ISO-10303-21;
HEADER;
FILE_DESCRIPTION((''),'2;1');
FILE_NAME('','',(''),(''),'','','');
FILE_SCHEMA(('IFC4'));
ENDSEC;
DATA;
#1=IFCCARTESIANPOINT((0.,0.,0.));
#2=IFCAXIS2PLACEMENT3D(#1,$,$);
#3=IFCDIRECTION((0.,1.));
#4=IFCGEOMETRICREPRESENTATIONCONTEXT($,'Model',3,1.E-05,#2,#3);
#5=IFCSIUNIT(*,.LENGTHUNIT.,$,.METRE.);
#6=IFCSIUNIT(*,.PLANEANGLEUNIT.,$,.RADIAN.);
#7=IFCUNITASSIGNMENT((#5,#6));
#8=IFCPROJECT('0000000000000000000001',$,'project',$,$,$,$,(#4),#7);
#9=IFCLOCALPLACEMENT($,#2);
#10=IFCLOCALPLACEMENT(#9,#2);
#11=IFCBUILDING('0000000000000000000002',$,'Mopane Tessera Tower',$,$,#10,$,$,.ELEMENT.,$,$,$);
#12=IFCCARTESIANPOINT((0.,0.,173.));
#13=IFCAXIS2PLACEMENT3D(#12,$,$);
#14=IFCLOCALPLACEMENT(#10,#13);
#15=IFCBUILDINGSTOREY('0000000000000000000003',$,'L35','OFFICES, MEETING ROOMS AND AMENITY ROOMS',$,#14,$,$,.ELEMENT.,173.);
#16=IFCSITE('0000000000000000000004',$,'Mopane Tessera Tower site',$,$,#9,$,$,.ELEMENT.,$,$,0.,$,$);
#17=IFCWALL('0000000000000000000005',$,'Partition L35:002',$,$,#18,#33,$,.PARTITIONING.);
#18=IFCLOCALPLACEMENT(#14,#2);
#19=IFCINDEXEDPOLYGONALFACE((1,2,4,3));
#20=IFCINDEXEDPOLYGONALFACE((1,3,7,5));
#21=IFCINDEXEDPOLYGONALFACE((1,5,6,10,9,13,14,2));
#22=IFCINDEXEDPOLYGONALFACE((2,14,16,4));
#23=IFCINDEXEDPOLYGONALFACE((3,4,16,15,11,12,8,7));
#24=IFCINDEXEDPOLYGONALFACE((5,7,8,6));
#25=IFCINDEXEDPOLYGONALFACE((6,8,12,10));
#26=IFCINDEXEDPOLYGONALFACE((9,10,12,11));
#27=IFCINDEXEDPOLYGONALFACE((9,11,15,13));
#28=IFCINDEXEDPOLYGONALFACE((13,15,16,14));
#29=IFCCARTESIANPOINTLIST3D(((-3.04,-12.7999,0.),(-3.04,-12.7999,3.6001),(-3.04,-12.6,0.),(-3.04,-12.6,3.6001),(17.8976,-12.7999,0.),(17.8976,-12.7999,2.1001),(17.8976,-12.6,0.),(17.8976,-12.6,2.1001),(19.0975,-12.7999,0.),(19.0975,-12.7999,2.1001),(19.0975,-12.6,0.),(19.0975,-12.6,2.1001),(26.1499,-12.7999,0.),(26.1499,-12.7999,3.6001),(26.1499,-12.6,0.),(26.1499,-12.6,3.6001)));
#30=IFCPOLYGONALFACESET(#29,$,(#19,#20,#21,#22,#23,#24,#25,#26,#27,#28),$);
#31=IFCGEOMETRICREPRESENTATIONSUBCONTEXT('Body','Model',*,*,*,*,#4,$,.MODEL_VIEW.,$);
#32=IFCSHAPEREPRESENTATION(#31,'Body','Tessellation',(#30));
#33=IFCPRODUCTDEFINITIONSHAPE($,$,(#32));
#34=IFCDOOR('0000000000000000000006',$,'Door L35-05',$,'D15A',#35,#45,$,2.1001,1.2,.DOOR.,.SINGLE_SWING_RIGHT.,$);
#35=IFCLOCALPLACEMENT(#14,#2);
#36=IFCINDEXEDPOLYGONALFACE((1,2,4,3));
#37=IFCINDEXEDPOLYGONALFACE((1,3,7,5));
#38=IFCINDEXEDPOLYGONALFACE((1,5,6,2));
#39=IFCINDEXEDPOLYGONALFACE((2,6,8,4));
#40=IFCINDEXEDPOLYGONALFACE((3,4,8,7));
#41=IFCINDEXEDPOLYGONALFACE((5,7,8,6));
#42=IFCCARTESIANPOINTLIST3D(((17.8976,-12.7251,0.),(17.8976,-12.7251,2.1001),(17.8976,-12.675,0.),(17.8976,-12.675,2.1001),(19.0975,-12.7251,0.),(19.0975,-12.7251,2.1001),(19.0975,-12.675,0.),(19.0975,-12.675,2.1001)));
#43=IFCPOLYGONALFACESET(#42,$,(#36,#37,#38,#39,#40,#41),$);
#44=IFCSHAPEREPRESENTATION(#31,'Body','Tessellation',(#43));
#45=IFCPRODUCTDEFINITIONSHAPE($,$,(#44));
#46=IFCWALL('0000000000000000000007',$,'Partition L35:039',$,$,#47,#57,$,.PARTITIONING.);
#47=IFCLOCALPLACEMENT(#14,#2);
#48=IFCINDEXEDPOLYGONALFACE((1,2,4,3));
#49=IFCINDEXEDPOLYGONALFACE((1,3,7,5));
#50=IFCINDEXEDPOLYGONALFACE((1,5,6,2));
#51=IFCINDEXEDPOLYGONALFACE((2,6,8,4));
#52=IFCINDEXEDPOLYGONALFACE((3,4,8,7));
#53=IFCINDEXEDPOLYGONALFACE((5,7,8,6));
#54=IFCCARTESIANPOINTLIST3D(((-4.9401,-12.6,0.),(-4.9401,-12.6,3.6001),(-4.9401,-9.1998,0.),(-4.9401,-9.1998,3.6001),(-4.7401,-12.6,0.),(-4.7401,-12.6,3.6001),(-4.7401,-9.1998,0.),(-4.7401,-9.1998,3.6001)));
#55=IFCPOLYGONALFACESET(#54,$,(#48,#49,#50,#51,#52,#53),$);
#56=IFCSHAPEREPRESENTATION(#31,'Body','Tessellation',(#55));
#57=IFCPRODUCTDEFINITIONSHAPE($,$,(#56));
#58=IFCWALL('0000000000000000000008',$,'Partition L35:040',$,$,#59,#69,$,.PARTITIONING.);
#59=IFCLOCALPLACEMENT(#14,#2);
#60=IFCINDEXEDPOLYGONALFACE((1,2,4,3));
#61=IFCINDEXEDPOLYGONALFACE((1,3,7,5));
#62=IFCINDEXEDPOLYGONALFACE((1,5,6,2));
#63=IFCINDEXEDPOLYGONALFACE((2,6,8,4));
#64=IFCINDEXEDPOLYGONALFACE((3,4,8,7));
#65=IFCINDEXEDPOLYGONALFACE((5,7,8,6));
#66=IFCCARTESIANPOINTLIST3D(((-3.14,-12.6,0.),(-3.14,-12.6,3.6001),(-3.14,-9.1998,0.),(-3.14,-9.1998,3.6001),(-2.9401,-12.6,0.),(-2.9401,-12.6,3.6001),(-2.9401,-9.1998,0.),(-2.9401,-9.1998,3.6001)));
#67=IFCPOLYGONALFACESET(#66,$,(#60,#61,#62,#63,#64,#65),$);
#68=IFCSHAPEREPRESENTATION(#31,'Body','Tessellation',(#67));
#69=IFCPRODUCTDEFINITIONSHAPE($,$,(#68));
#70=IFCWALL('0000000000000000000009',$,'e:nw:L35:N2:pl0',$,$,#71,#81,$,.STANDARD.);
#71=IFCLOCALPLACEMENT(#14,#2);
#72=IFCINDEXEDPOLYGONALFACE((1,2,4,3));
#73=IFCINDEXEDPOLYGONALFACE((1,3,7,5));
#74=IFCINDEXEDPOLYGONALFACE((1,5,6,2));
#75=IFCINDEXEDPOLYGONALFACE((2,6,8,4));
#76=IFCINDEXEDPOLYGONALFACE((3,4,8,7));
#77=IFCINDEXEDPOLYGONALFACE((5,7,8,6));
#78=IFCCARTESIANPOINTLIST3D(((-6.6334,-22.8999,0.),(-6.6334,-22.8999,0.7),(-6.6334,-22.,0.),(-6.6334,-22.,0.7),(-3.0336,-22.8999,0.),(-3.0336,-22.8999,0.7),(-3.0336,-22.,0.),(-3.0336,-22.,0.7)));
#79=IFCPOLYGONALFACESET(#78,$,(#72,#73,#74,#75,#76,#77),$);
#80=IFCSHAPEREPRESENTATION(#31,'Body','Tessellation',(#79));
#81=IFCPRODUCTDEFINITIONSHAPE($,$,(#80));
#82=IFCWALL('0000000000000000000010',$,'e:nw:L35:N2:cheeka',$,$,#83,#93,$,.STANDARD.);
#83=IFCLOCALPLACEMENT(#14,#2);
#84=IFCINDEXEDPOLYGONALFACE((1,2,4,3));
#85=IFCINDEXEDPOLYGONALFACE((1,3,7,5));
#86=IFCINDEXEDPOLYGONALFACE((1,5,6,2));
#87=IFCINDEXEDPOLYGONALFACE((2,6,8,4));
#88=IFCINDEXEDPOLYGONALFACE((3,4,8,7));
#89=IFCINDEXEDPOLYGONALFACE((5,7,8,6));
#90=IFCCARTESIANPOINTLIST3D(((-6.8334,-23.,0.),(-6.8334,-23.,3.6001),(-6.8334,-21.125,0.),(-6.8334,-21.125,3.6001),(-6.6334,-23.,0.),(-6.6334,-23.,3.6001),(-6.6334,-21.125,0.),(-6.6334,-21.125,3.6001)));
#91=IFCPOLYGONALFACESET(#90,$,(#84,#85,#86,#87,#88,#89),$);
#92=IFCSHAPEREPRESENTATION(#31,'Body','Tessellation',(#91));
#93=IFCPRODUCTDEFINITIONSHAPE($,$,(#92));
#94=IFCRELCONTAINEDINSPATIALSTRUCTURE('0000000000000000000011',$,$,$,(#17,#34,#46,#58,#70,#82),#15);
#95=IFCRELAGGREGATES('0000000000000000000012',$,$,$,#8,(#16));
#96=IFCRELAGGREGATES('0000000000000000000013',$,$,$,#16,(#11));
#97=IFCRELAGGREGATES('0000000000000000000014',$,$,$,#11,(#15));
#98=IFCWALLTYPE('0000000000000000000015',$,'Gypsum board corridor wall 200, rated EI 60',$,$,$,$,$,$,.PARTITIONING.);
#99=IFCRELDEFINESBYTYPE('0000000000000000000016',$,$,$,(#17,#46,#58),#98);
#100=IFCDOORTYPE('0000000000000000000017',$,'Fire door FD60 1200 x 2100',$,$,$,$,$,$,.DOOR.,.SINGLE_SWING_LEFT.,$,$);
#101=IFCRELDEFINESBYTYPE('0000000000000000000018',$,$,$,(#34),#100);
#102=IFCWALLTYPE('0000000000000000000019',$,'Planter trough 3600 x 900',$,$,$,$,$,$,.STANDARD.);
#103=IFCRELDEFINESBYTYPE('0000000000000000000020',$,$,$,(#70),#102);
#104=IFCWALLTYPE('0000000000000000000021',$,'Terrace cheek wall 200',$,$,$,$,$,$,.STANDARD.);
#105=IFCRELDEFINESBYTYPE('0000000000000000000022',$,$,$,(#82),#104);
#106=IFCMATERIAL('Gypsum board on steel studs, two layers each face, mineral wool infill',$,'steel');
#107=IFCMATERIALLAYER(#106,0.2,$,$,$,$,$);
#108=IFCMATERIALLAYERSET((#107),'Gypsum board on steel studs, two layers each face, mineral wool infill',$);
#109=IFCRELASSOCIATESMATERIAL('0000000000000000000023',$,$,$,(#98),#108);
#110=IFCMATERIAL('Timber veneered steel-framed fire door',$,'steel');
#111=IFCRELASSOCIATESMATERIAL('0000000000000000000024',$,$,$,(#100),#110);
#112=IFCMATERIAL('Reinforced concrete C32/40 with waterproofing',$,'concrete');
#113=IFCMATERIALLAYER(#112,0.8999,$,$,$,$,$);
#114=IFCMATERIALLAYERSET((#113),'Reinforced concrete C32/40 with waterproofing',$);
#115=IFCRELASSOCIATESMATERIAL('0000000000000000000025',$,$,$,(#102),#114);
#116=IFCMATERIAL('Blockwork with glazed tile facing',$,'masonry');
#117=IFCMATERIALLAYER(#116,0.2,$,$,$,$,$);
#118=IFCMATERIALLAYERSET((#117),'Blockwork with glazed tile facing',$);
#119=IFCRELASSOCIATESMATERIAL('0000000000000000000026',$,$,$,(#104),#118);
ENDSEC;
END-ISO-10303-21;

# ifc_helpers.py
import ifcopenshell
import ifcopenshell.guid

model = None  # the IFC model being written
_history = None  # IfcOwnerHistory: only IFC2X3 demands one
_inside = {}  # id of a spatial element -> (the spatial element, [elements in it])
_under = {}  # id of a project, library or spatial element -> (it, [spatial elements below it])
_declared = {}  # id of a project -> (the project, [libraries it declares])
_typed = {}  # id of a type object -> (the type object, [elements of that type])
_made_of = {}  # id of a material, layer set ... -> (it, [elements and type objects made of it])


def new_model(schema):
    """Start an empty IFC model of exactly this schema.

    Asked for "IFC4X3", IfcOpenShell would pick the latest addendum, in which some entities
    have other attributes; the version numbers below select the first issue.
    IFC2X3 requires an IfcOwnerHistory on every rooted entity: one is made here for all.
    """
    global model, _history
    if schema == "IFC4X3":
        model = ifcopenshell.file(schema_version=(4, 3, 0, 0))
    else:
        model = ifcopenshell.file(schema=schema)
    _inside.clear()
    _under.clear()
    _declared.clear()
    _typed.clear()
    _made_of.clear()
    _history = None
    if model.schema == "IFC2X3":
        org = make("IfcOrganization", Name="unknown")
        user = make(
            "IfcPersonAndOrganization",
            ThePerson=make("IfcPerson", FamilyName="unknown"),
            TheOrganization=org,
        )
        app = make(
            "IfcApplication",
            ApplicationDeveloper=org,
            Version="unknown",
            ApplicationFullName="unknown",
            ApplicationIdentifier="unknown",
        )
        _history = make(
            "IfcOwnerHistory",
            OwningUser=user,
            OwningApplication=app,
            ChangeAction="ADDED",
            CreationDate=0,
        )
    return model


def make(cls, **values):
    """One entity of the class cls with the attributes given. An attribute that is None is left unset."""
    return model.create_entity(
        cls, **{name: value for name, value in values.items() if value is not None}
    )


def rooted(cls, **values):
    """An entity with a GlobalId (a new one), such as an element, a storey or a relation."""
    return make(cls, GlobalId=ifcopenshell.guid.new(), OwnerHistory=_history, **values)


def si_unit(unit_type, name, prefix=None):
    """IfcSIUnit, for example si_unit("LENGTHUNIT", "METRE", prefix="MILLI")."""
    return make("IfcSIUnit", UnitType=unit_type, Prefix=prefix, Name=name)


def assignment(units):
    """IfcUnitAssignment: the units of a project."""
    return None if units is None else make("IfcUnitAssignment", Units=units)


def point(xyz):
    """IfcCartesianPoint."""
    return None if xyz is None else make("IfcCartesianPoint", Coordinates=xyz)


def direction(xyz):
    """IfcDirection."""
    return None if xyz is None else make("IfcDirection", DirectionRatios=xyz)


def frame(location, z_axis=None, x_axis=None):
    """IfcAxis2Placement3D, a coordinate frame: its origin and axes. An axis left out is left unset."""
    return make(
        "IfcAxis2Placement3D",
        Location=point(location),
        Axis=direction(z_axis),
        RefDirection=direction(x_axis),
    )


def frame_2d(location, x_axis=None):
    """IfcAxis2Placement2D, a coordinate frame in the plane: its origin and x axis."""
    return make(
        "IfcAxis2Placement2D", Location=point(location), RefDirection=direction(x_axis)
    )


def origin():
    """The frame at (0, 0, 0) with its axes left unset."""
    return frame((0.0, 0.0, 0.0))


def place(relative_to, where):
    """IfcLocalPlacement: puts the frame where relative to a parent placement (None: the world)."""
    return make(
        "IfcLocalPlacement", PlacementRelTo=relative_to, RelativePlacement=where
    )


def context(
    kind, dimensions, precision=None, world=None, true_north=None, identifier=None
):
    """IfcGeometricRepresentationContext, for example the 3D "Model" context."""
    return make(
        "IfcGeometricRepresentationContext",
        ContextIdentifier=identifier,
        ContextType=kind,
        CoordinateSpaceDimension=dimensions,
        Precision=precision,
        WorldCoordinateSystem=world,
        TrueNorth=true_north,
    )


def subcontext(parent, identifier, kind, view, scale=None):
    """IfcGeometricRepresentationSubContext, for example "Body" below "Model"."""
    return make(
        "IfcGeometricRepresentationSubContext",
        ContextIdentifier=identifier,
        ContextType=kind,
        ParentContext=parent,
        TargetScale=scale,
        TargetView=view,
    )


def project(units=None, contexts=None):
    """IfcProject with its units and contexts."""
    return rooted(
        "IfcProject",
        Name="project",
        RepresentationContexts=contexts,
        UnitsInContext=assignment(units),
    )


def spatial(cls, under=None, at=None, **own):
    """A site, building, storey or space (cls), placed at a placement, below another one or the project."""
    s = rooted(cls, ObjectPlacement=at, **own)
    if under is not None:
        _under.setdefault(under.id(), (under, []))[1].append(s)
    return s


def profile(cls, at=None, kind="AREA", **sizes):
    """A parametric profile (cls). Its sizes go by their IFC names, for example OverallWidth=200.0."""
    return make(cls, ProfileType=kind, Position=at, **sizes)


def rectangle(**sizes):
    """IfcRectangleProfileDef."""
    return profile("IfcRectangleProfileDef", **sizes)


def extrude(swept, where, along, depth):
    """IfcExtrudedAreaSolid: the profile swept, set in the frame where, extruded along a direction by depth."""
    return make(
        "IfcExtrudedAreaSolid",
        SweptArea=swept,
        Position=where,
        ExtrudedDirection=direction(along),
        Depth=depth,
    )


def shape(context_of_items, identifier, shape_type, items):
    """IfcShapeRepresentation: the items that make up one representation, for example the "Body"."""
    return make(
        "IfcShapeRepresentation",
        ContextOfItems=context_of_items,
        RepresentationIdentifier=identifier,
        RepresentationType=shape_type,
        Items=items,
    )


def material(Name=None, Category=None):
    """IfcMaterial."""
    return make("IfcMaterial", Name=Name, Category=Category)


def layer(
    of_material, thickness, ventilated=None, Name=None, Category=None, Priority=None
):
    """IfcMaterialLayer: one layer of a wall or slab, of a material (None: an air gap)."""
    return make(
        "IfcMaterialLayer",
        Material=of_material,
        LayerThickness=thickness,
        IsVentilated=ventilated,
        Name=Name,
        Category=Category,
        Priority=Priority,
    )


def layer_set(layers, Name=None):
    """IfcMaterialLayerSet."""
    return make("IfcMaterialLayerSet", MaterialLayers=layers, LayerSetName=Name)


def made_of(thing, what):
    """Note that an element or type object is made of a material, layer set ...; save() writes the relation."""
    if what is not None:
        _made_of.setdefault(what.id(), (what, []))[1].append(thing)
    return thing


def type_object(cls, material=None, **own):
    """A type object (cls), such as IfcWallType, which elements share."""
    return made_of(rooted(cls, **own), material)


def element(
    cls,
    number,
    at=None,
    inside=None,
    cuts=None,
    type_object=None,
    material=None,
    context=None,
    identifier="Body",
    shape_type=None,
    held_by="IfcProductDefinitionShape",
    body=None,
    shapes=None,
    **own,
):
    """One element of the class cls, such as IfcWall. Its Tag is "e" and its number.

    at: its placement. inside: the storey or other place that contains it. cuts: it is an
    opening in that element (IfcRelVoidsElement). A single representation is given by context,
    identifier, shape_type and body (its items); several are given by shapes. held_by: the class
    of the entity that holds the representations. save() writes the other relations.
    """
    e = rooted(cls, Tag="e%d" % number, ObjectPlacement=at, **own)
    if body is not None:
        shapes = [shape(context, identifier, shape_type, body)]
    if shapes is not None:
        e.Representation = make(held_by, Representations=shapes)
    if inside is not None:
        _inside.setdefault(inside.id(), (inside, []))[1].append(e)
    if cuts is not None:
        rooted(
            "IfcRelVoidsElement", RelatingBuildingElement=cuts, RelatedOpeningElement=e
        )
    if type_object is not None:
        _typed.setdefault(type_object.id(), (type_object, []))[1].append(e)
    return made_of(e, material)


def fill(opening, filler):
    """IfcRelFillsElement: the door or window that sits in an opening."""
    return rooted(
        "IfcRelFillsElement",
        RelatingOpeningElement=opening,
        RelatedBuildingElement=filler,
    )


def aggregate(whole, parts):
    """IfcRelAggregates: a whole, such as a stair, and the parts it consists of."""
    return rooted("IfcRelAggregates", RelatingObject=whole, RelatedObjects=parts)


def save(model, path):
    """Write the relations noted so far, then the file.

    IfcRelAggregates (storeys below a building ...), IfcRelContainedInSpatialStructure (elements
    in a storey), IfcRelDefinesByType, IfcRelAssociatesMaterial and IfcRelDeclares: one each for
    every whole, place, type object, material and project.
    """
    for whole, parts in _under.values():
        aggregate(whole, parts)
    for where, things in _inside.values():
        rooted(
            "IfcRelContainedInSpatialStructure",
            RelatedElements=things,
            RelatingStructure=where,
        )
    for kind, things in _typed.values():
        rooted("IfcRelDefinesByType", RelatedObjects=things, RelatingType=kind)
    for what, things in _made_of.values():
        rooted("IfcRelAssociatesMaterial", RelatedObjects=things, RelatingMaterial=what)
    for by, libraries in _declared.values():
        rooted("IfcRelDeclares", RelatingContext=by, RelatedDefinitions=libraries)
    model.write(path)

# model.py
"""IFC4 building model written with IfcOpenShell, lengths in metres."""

from ifc_helpers import new_model, si_unit, direction, frame, frame_2d, origin, place, context, subcontext, project, spatial, rectangle, extrude, material, layer, layer_set, type_object, element, fill, save


model = new_model("IFC4")

# Units and contexts
model_context = context("Model", 3, precision=1e-05, world=origin(), true_north=direction((0.0, 1.0)))
body_context = subcontext(model_context, "Body", "Model", "MODEL_VIEW")
ifc_project = project(units=[si_unit("LENGTHUNIT", "METRE"), si_unit("PLANEANGLEUNIT", "RADIAN")], contexts=[model_context])

# Site, building, storey
site_placement = place(None, origin())
site = spatial("IfcSite", under=ifc_project, at=site_placement, Name="Mopane Tessera Tower site", CompositionType="ELEMENT", RefElevation=0.0)
building_placement = place(site_placement, origin())
building = spatial("IfcBuilding", under=site, at=building_placement, Name="Mopane Tessera Tower", CompositionType="ELEMENT")
storey_placement = place(building_placement, frame((0.0, 0.0, 173.0)))
storey = spatial("IfcBuildingStorey", under=building, at=storey_placement, Name="L35", Description="OFFICES, MEETING ROOMS AND AMENITY ROOMS", CompositionType="ELEMENT", Elevation=173.0)

# Wall, opening, door
ifc_material_1 = material(Name="Gypsum board on steel studs, two layers each face, mineral wool infill", Category="steel")
ifc_layer_1 = layer(ifc_material_1, 0.2)
ifc_layer_set_1 = layer_set([ifc_layer_1], Name="Gypsum board on steel studs, two layers each face, mineral wool infill")
wall_type_1 = type_object("IfcWallType", Name="Gypsum board corridor wall 200, rated EI 60", PredefinedType="PARTITIONING", material=ifc_layer_set_1)
wall_1_placement = place(storey_placement, frame((-3.04, -12.7, 0.0), z_axis=(0.0, 0.0, 1.0), x_axis=(1.0, 0.0, 0.0)))
wall_1 = element("IfcWall", 1, at=wall_1_placement, inside=storey, type_object=wall_type_1, Name="Partition L35:002", PredefinedType="PARTITIONING", context=body_context, shape_type="SweptSolid", body=[
    extrude(rectangle(XDim=29.1899, YDim=0.2, at=frame_2d((14.595, 0.0))), origin(), (0.0, 0.0, 1.0), 3.6001),
])
opening_1_placement = place(wall_1_placement, frame((20.9375, 0.0, 0.0)))
opening_1 = element("IfcOpeningElement", 2, at=opening_1_placement, cuts=wall_1, PredefinedType="OPENING", context=body_context, shape_type="SweptSolid", body=[
    extrude(rectangle(XDim=1.2, YDim=2.1001, at=frame_2d((0.6001, 1.05))), frame((0.0, 0.1121, 0.0), z_axis=(0.0, -1.0, 0.0), x_axis=(1.0, 0.0, 0.0)), (0.0, 0.0, 1.0), 0.2239),
])
ifc_material_2 = material(Name="Timber veneered steel-framed fire door", Category="steel")
door_type_1 = type_object("IfcDoorType", Name="Fire door FD60 1200 x 2100", OperationType="SINGLE_SWING_LEFT", PredefinedType="DOOR", material=ifc_material_2)
door_1_placement = place(opening_1_placement, origin())
door_1 = element("IfcDoor", 3, at=door_1_placement, inside=storey, type_object=door_type_1, Name="Door L35-05", ObjectType="D15A", OperationType="SINGLE_SWING_RIGHT", OverallHeight=2.1001, OverallWidth=1.2, PredefinedType="DOOR", context=body_context, shape_type="SweptSolid", body=[
    extrude(rectangle(XDim=1.2, YDim=2.1001, at=frame_2d((0.6001, 1.05))), frame((0.0, 0.0249, 0.0), z_axis=(0.0, -1.0, 0.0), x_axis=(1.0, 0.0, 0.0)), (0.0, 0.0, 1.0), 0.05),
])
fill(opening_1, door_1)

# Walls
for number, where, z_axis, x_axis, name in (
    (4, (-4.8401, -12.6001, 0.0), (0.0, 0.0, 1.0), (0.0, 1.0, 0.0), "Partition L35:039"),
    (5, (-3.04, -12.6001, 0.0), (0.0, 0.0, 1.0), (0.0, 1.0, 0.0), "Partition L35:040"),
):
    element("IfcWall", number, at=place(storey_placement, frame(where, z_axis=z_axis, x_axis=x_axis)), inside=storey, type_object=wall_type_1, Name=name, PredefinedType="PARTITIONING", context=body_context, shape_type="SweptSolid", body=[
        extrude(rectangle(XDim=3.4001, YDim=0.2, at=frame_2d((1.7002, 0.0))), origin(), (0.0, 0.0, 1.0), 3.6001),
    ])
ifc_material_3 = material(Name="Reinforced concrete C32/40 with waterproofing", Category="concrete")
ifc_layer_2 = layer(ifc_material_3, 0.8999)
ifc_layer_set_2 = layer_set([ifc_layer_2], Name="Reinforced concrete C32/40 with waterproofing")
wall_type_2 = type_object("IfcWallType", Name="Planter trough 3600 x 900", PredefinedType="STANDARD", material=ifc_layer_set_2)
wall_2_placement = place(storey_placement, frame((-6.6333, -22.45, 0.0), z_axis=(0.0, 0.0, 1.0), x_axis=(1.0, 0.0, 0.0)))
element("IfcWall", 6, at=wall_2_placement, inside=storey, type_object=wall_type_2, Name="e:nw:L35:N2:pl0", PredefinedType="STANDARD", context=body_context, shape_type="SweptSolid", body=[
    extrude(rectangle(XDim=3.5999, YDim=0.8999, at=frame_2d((1.7998, 0.0))), origin(), (0.0, 0.0, 1.0), 0.7),
])
ifc_material_4 = material(Name="Blockwork with glazed tile facing", Category="masonry")
ifc_layer_3 = layer(ifc_material_4, 0.2)
ifc_layer_set_3 = layer_set([ifc_layer_3], Name="Blockwork with glazed tile facing")
wall_type_3 = type_object("IfcWallType", Name="Terrace cheek wall 200", PredefinedType="STANDARD", material=ifc_layer_set_3)
wall_3_placement = place(storey_placement, frame((-6.7334, -23.0, 0.0), z_axis=(0.0, 0.0, 1.0), x_axis=(0.0, 1.0, 0.0)))
element("IfcWall", 7, at=wall_3_placement, inside=storey, type_object=wall_type_3, Name="e:nw:L35:N2:cheeka", PredefinedType="STANDARD", context=body_context, shape_type="SweptSolid", body=[
    extrude(rectangle(XDim=1.875, YDim=0.2, at=frame_2d((0.9375, 0.0))), origin(), (0.0, 0.0, 1.0), 3.6001),
])

save(model, "model.ifc")
